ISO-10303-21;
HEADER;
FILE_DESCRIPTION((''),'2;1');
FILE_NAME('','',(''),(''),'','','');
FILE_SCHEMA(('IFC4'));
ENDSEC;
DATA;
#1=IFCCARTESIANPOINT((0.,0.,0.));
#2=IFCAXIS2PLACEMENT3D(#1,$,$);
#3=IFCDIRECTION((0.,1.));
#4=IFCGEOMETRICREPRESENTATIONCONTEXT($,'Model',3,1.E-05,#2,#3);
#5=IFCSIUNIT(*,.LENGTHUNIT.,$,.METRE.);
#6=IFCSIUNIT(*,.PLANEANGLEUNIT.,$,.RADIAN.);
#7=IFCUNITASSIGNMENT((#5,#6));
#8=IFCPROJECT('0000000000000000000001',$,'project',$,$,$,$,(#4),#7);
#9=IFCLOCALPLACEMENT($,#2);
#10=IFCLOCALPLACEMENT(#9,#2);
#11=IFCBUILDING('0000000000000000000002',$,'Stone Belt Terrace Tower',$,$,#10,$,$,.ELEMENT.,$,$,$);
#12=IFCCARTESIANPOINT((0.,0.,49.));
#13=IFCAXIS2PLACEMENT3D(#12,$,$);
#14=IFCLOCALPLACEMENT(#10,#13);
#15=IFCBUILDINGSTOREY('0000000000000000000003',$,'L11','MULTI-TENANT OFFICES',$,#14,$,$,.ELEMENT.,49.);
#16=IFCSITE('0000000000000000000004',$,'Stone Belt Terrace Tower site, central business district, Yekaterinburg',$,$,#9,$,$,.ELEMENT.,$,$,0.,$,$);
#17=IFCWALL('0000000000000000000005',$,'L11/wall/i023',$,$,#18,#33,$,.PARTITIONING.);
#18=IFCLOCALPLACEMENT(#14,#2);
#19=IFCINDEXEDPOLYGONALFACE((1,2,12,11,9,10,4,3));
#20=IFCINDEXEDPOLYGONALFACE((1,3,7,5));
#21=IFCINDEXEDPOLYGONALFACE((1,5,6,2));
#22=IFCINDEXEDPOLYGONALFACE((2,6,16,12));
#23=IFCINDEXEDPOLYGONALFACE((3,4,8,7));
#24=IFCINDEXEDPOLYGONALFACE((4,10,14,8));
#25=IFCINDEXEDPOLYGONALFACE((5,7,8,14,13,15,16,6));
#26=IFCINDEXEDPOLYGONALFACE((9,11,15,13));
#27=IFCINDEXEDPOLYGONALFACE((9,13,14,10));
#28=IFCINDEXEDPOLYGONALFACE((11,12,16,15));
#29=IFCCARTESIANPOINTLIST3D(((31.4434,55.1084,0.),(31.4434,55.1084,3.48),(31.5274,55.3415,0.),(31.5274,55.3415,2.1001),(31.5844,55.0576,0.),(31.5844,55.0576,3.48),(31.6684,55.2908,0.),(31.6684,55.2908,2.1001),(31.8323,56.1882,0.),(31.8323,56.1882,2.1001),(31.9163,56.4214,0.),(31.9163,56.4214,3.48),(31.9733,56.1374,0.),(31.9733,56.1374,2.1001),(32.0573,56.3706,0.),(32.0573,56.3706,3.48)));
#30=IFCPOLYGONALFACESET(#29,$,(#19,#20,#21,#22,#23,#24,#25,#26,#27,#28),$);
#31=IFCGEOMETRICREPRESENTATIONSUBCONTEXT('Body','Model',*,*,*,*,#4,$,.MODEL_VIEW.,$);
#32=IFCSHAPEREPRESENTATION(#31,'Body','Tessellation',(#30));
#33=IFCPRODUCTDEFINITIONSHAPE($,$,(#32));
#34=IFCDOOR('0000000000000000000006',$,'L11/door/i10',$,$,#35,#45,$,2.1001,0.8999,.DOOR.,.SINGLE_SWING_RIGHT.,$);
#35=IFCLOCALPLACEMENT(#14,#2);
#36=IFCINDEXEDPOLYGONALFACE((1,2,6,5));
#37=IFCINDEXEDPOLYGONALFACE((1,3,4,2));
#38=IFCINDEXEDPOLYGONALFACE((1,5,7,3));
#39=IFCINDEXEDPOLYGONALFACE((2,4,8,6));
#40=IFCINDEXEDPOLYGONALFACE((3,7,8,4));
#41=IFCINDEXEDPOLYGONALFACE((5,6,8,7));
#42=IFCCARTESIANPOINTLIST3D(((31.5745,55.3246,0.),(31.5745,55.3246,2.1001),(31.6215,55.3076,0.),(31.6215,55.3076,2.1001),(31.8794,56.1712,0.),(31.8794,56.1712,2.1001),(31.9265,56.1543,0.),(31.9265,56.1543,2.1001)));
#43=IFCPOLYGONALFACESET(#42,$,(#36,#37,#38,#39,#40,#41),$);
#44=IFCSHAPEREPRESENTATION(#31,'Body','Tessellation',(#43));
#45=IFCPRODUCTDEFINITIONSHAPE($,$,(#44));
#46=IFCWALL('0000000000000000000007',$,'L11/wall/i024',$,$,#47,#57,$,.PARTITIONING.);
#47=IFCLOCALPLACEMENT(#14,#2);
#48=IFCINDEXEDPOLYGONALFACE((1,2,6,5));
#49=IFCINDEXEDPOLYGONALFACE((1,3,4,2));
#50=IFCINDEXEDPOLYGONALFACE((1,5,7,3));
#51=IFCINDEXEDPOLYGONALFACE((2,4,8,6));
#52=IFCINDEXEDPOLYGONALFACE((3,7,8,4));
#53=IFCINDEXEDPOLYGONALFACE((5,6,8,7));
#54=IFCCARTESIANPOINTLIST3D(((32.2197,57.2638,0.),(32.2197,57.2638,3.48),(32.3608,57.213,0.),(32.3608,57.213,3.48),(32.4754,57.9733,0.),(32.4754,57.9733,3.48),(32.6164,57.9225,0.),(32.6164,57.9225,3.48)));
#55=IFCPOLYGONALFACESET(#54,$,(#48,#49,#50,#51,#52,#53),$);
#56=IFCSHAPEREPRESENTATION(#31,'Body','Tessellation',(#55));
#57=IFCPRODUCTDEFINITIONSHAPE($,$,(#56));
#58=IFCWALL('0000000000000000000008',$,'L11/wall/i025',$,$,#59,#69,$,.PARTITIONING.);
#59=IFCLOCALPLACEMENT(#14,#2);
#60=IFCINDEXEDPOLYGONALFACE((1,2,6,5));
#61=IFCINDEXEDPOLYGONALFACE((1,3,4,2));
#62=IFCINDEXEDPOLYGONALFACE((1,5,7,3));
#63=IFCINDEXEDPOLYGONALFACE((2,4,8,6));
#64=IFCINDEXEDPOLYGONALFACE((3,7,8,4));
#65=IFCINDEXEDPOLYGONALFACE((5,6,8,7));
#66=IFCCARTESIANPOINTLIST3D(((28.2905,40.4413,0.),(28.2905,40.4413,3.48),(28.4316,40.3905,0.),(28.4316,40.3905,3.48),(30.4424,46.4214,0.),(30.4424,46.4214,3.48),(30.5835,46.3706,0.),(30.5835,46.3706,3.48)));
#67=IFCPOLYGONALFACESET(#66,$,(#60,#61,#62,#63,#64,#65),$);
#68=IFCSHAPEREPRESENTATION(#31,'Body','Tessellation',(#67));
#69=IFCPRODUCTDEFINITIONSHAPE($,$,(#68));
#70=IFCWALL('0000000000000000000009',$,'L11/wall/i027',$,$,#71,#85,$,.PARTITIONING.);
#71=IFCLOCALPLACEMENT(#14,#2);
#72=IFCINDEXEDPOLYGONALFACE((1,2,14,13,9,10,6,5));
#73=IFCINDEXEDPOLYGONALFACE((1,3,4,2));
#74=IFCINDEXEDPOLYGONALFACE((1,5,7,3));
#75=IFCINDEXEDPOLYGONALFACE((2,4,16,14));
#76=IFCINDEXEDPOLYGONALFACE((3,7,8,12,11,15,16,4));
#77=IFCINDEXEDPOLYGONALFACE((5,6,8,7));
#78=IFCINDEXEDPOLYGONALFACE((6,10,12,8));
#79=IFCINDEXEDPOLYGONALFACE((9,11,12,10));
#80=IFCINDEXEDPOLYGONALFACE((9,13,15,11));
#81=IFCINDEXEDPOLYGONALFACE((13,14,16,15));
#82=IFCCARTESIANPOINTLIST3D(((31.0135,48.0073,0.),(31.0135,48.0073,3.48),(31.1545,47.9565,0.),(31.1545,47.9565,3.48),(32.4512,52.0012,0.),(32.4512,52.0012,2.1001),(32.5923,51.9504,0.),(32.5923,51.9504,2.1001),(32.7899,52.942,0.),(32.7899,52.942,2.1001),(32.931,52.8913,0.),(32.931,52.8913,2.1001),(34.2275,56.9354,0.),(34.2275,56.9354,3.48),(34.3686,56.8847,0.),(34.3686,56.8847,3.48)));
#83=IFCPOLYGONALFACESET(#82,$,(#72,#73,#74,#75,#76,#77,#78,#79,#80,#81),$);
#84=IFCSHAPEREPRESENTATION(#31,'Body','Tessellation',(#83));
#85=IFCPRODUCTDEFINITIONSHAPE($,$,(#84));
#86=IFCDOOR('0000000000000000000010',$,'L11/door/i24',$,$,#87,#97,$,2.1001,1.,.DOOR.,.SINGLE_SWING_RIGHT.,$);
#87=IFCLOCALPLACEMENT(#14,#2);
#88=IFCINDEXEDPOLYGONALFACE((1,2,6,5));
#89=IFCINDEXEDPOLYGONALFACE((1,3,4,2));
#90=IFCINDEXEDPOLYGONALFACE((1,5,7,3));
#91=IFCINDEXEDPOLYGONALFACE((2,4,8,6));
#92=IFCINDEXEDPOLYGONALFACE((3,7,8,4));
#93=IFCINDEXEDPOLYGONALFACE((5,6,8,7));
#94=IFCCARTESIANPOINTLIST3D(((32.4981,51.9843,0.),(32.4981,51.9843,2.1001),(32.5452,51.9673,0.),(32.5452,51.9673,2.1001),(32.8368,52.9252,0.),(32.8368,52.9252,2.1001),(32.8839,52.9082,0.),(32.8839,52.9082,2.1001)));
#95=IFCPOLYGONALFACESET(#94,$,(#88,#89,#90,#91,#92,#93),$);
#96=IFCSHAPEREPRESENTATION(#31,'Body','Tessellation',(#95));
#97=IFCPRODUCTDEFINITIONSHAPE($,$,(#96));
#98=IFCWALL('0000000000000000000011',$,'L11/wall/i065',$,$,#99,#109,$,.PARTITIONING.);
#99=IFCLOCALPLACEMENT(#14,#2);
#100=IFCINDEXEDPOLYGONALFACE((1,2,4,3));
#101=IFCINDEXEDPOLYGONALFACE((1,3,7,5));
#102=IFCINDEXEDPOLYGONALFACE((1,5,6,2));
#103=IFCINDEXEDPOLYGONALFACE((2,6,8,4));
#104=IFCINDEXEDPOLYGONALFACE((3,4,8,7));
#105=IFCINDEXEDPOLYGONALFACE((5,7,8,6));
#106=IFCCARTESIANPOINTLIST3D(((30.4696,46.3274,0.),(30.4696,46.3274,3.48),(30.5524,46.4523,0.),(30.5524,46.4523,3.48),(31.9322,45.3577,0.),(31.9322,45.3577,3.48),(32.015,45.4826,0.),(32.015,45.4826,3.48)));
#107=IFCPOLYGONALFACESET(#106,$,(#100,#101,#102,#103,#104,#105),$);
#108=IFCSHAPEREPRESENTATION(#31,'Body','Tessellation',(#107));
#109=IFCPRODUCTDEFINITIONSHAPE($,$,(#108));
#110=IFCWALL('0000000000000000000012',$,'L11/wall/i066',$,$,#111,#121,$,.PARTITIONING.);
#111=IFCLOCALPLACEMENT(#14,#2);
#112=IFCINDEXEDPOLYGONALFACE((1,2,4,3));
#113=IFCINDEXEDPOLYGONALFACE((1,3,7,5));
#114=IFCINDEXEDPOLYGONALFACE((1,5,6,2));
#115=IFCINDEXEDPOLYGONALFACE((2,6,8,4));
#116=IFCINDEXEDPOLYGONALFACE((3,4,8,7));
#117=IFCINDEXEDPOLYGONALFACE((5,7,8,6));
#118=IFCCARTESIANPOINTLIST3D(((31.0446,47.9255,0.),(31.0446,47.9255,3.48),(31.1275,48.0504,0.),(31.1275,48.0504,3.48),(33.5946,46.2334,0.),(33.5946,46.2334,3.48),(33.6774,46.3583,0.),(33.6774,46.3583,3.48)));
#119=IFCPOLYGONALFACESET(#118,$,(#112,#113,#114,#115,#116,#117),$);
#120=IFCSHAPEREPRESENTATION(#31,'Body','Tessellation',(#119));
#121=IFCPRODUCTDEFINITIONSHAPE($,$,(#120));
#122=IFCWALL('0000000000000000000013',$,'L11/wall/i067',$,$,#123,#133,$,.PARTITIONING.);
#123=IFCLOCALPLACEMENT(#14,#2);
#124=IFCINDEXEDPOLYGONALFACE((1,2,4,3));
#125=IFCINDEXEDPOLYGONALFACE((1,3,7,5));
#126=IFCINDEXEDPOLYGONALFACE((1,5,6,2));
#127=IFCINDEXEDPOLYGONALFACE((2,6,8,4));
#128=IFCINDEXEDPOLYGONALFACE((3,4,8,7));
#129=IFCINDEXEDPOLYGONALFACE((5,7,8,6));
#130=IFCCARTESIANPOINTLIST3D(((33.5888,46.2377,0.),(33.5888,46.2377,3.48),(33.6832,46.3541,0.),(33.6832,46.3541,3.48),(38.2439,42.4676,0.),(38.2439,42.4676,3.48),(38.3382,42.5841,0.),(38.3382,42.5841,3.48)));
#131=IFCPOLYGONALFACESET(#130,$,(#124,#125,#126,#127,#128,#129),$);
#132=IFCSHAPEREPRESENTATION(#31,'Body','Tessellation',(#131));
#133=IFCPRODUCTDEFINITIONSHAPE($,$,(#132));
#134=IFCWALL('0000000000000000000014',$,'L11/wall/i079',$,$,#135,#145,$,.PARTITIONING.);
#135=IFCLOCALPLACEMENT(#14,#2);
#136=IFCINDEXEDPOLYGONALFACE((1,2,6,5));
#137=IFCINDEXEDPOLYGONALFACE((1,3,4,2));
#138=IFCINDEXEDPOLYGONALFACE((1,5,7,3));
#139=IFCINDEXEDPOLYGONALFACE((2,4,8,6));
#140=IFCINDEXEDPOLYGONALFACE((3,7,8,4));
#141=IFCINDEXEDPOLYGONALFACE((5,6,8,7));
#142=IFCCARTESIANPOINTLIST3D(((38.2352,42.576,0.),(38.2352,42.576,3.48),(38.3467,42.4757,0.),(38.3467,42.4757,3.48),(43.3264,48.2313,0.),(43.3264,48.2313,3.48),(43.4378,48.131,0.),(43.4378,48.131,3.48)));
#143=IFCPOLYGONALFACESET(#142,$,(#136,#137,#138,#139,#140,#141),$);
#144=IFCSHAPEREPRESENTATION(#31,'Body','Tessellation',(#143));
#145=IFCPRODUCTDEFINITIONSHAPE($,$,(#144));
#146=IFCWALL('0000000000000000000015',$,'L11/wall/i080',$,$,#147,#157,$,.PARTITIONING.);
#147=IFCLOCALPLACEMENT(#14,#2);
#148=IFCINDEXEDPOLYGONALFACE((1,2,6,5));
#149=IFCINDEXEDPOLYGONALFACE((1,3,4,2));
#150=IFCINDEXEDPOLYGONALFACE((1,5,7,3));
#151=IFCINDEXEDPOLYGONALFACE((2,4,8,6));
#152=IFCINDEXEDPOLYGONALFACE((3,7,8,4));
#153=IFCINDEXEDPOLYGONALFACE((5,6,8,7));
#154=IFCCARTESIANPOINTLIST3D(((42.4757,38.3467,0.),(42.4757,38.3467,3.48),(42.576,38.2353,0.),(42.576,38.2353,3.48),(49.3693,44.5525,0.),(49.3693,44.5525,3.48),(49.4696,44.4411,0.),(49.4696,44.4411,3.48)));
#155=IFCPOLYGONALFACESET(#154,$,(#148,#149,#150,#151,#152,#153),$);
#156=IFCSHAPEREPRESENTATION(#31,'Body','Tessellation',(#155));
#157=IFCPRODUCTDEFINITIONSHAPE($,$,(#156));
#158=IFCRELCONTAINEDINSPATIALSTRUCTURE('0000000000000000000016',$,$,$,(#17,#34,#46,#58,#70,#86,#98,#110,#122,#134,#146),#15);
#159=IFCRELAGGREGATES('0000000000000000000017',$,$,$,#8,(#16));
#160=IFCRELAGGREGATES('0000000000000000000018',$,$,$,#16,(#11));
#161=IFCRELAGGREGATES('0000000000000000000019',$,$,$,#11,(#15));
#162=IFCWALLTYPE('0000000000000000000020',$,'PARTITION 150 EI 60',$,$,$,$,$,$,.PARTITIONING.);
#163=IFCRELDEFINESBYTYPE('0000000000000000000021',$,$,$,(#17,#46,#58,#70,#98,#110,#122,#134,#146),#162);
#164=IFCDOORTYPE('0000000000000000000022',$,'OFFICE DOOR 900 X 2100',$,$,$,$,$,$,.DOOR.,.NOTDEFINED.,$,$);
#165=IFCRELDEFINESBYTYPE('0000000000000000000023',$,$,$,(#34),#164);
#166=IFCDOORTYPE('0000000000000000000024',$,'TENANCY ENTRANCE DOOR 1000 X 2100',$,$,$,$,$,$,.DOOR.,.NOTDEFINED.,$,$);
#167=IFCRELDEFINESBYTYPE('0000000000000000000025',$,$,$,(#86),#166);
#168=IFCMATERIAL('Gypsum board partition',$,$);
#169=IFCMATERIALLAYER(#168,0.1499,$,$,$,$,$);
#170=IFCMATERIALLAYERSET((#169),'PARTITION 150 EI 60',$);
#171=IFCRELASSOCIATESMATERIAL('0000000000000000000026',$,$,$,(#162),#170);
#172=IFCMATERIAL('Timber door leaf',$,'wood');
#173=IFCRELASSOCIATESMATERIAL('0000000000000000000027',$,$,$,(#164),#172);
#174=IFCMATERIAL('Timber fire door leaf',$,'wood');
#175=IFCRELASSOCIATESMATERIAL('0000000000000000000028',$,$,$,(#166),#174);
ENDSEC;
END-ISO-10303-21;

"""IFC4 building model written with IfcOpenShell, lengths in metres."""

from ifc_helpers import new_model, si_unit, direction, frame, frame_2d, origin, place, context, subcontext, project, spatial, rectangle, extrude, material, layer, layer_set, type_object, element, fill, save


model = new_model("IFC4")

# Units and contexts
model_context = context("Model", 3, precision=1e-05, world=origin(), true_north=direction((0.0, 1.0)))
body_context = subcontext(model_context, "Body", "Model", "MODEL_VIEW")
ifc_project = project(units=[si_unit("LENGTHUNIT", "METRE"), si_unit("PLANEANGLEUNIT", "RADIAN")], contexts=[model_context])

# Site, building, storey
site_placement = place(None, origin())
site = spatial("IfcSite", under=ifc_project, at=site_placement, Name="Stone Belt Terrace Tower site, central business district, Yekaterinburg", CompositionType="ELEMENT", RefElevation=0.0)
building_placement = place(site_placement, origin())
building = spatial("IfcBuilding", under=site, at=building_placement, Name="Stone Belt Terrace Tower", CompositionType="ELEMENT")
storey_placement = place(building_placement, frame((0.0, 0.0, 49.0)))
storey = spatial("IfcBuildingStorey", under=building, at=storey_placement, Name="L11", Description="MULTI-TENANT OFFICES", CompositionType="ELEMENT", Elevation=49.0)

# Wall, opening, door
ifc_material_1 = material(Name="Gypsum board partition")
ifc_layer_1 = layer(ifc_material_1, 0.1499)
ifc_layer_set_1 = layer_set([ifc_layer_1], Name="PARTITION 150 EI 60")
wall_type = type_object("IfcWallType", Name="PARTITION 150 EI 60", PredefinedType="PARTITIONING", material=ifc_layer_set_1)
wall_1_placement = place(storey_placement, frame((31.5139, 55.083, 0.0), z_axis=(0.0, 0.0, 1.0), x_axis=(0.338862, 0.940836, 0.0)))
wall_1 = element("IfcWall", 1, at=wall_1_placement, inside=storey, type_object=wall_type, Name="L11/wall/i023", PredefinedType="PARTITIONING", context=body_context, shape_type="SweptSolid", body=[
    extrude(rectangle(XDim=1.3955, YDim=0.1499, at=frame_2d((0.6978, 0.0))), origin(), (0.0, 0.0, 1.0), 3.48),
])
opening_1_placement = place(wall_1_placement, frame((0.2478, 0.0, 0.0)))
opening_1 = element("IfcOpeningElement", 2, at=opening_1_placement, cuts=wall_1, PredefinedType="OPENING", context=body_context, shape_type="SweptSolid", body=[
    extrude(rectangle(XDim=0.8999, YDim=2.1001, at=frame_2d((0.45, 1.05))), frame((0.0, 0.085, 0.0), z_axis=(0.0, -1.0, 0.0), x_axis=(1.0, 0.0, 0.0)), (0.0, 0.0, 1.0), 0.1699),
])
ifc_material_2 = material(Name="Timber door leaf", Category="wood")
door_type_1 = type_object("IfcDoorType", Name="OFFICE DOOR 900 X 2100", OperationType="NOTDEFINED", PredefinedType="DOOR", material=ifc_material_2)
door_1_placement = place(opening_1_placement, origin())
door_1 = element("IfcDoor", 3, at=door_1_placement, inside=storey, type_object=door_type_1, Name="L11/door/i10", OperationType="SINGLE_SWING_RIGHT", OverallHeight=2.1001, OverallWidth=0.8999, PredefinedType="DOOR", context=body_context, shape_type="SweptSolid", body=[
    extrude(rectangle(XDim=0.8999, YDim=2.1001, at=frame_2d((0.45, 1.05))), frame((0.0, 0.0249, 0.0), z_axis=(0.0, -1.0, 0.0), x_axis=(1.0, 0.0, 0.0)), (0.0, 0.0, 1.0), 0.05),
])
fill(opening_1, door_1)

# Walls
wall_2_placement = place(storey_placement, frame((32.2903, 57.2385, 0.0), z_axis=(0.0, 0.0, 1.0), x_axis=(0.33896, 0.940801, 0.0)))
element("IfcWall", 4, at=wall_2_placement, inside=storey, type_object=wall_type, Name="L11/wall/i024", PredefinedType="PARTITIONING", context=body_context, shape_type="SweptSolid", body=[
    extrude(rectangle(XDim=0.7542, YDim=0.1499, at=frame_2d((0.377, 0.0))), origin(), (0.0, 0.0, 1.0), 3.48),
])
wall_3_placement = place(storey_placement, frame((30.5129, 46.396, 0.0), z_axis=(0.0, 0.0, 1.0), x_axis=(-0.338589, -0.940934, 0.0)))
element("IfcWall", 5, at=wall_3_placement, inside=storey, type_object=wall_type, Name="L11/wall/i025", PredefinedType="PARTITIONING", context=body_context, shape_type="SweptSolid", body=[
    extrude(rectangle(XDim=6.3555, YDim=0.1499, at=frame_2d((3.1777, 0.0))), origin(), (0.0, 0.0, 1.0), 3.48),
])

# Wall, opening, door
wall_4_placement = place(storey_placement, frame((34.2981, 56.9102, 0.0), z_axis=(0.0, 0.0, 1.0), x_axis=(-0.338715, -0.940889, 0.0)))
wall_4 = element("IfcWall", 6, at=wall_4_placement, inside=storey, type_object=wall_type, Name="L11/wall/i027", PredefinedType="PARTITIONING", context=body_context, shape_type="SweptSolid", body=[
    extrude(rectangle(XDim=9.489, YDim=0.1499, at=frame_2d((4.7446, 0.0))), origin(), (0.0, 0.0, 1.0), 3.48),
])
opening_2_placement = place(wall_4_placement, frame((4.2444, 0.0, 0.0)))
opening_2 = element("IfcOpeningElement", 7, at=opening_2_placement, cuts=wall_4, PredefinedType="OPENING", context=body_context, shape_type="SweptSolid", body=[
    extrude(rectangle(XDim=1.0, YDim=2.1001, at=frame_2d((0.5, 1.05))), frame((0.0, 0.085, 0.0), z_axis=(0.0, -1.0, 0.0), x_axis=(1.0, 0.0, 0.0)), (0.0, 0.0, 1.0), 0.1699),
])
ifc_material_3 = material(Name="Timber fire door leaf", Category="wood")
door_type_2 = type_object("IfcDoorType", Name="TENANCY ENTRANCE DOOR 1000 X 2100", OperationType="NOTDEFINED", PredefinedType="DOOR", material=ifc_material_3)
door_2_placement = place(opening_2_placement, origin())
door_2 = element("IfcDoor", 8, at=door_2_placement, inside=storey, type_object=door_type_2, Name="L11/door/i24", OperationType="SINGLE_SWING_RIGHT", OverallHeight=2.1001, OverallWidth=1.0, PredefinedType="DOOR", context=body_context, shape_type="SweptSolid", body=[
    extrude(rectangle(XDim=1.0, YDim=2.1001, at=frame_2d((0.5, 1.05))), frame((0.0, 0.0249, 0.0), z_axis=(0.0, -1.0, 0.0), x_axis=(1.0, 0.0, 0.0)), (0.0, 0.0, 1.0), 0.05),
])
fill(opening_2, door_2)

# Walls
wall_5_placement = place(storey_placement, frame((31.9736, 45.4202, 0.0), z_axis=(0.0, 0.0, 1.0), x_axis=(-0.83346, 0.55258, 0.0)))
element("IfcWall", 9, at=wall_5_placement, inside=storey, type_object=wall_type, Name="L11/wall/i065", PredefinedType="PARTITIONING", context=body_context, shape_type="SweptSolid", body=[
    extrude(rectangle(XDim=1.7549, YDim=0.1499, at=frame_2d((0.8774, 0.0))), origin(), (0.0, 0.0, 1.0), 3.48),
])
wall_6_placement = place(storey_placement, frame((31.0859, 47.988, 0.0), z_axis=(0.0, 0.0, 1.0), x_axis=(0.833239, -0.552913, 0.0)))
element("IfcWall", 10, at=wall_6_placement, inside=storey, type_object=wall_type, Name="L11/wall/i066", PredefinedType="PARTITIONING", context=body_context, shape_type="SweptSolid", body=[
    extrude(rectangle(XDim=3.0603, YDim=0.1499, at=frame_2d((1.5303, 0.0))), origin(), (0.0, 0.0, 1.0), 3.48),
])
wall_7_placement = place(storey_placement, frame((33.636, 46.2959, 0.0), z_axis=(0.0, 0.0, 1.0), x_axis=(0.777109, -0.629366, 0.0)))
element("IfcWall", 11, at=wall_7_placement, inside=storey, type_object=wall_type, Name="L11/wall/i067", PredefinedType="PARTITIONING", context=body_context, shape_type="SweptSolid", body=[
    extrude(rectangle(XDim=5.9902, YDim=0.1499, at=frame_2d((2.9951, 0.0))), origin(), (0.0, 0.0, 1.0), 3.48),
])
wall_8_placement = place(storey_placement, frame((43.3821, 48.1812, 0.0), z_axis=(0.0, 0.0, 1.0), x_axis=(-0.66906, -0.743208, 0.0)))
element("IfcWall", 12, at=wall_8_placement, inside=storey, type_object=wall_type, Name="L11/wall/i079", PredefinedType="PARTITIONING", context=body_context, shape_type="SweptSolid", body=[
    extrude(rectangle(XDim=7.6094, YDim=0.1499, at=frame_2d((3.8047, 0.0))), origin(), (0.0, 0.0, 1.0), 3.48),
])
wall_9_placement = place(storey_placement, frame((49.4194, 44.4968, 0.0), z_axis=(0.0, 0.0, 1.0), x_axis=(-0.743208, -0.669061, 0.0)))
element("IfcWall", 13, at=wall_9_placement, inside=storey, type_object=wall_type, Name="L11/wall/i080", PredefinedType="PARTITIONING", context=body_context, shape_type="SweptSolid", body=[
    extrude(rectangle(XDim=9.2754, YDim=0.1499, at=frame_2d((4.6377, 0.0))), origin(), (0.0, 0.0, 1.0), 3.48),
])

save(model, "model.ifc")
